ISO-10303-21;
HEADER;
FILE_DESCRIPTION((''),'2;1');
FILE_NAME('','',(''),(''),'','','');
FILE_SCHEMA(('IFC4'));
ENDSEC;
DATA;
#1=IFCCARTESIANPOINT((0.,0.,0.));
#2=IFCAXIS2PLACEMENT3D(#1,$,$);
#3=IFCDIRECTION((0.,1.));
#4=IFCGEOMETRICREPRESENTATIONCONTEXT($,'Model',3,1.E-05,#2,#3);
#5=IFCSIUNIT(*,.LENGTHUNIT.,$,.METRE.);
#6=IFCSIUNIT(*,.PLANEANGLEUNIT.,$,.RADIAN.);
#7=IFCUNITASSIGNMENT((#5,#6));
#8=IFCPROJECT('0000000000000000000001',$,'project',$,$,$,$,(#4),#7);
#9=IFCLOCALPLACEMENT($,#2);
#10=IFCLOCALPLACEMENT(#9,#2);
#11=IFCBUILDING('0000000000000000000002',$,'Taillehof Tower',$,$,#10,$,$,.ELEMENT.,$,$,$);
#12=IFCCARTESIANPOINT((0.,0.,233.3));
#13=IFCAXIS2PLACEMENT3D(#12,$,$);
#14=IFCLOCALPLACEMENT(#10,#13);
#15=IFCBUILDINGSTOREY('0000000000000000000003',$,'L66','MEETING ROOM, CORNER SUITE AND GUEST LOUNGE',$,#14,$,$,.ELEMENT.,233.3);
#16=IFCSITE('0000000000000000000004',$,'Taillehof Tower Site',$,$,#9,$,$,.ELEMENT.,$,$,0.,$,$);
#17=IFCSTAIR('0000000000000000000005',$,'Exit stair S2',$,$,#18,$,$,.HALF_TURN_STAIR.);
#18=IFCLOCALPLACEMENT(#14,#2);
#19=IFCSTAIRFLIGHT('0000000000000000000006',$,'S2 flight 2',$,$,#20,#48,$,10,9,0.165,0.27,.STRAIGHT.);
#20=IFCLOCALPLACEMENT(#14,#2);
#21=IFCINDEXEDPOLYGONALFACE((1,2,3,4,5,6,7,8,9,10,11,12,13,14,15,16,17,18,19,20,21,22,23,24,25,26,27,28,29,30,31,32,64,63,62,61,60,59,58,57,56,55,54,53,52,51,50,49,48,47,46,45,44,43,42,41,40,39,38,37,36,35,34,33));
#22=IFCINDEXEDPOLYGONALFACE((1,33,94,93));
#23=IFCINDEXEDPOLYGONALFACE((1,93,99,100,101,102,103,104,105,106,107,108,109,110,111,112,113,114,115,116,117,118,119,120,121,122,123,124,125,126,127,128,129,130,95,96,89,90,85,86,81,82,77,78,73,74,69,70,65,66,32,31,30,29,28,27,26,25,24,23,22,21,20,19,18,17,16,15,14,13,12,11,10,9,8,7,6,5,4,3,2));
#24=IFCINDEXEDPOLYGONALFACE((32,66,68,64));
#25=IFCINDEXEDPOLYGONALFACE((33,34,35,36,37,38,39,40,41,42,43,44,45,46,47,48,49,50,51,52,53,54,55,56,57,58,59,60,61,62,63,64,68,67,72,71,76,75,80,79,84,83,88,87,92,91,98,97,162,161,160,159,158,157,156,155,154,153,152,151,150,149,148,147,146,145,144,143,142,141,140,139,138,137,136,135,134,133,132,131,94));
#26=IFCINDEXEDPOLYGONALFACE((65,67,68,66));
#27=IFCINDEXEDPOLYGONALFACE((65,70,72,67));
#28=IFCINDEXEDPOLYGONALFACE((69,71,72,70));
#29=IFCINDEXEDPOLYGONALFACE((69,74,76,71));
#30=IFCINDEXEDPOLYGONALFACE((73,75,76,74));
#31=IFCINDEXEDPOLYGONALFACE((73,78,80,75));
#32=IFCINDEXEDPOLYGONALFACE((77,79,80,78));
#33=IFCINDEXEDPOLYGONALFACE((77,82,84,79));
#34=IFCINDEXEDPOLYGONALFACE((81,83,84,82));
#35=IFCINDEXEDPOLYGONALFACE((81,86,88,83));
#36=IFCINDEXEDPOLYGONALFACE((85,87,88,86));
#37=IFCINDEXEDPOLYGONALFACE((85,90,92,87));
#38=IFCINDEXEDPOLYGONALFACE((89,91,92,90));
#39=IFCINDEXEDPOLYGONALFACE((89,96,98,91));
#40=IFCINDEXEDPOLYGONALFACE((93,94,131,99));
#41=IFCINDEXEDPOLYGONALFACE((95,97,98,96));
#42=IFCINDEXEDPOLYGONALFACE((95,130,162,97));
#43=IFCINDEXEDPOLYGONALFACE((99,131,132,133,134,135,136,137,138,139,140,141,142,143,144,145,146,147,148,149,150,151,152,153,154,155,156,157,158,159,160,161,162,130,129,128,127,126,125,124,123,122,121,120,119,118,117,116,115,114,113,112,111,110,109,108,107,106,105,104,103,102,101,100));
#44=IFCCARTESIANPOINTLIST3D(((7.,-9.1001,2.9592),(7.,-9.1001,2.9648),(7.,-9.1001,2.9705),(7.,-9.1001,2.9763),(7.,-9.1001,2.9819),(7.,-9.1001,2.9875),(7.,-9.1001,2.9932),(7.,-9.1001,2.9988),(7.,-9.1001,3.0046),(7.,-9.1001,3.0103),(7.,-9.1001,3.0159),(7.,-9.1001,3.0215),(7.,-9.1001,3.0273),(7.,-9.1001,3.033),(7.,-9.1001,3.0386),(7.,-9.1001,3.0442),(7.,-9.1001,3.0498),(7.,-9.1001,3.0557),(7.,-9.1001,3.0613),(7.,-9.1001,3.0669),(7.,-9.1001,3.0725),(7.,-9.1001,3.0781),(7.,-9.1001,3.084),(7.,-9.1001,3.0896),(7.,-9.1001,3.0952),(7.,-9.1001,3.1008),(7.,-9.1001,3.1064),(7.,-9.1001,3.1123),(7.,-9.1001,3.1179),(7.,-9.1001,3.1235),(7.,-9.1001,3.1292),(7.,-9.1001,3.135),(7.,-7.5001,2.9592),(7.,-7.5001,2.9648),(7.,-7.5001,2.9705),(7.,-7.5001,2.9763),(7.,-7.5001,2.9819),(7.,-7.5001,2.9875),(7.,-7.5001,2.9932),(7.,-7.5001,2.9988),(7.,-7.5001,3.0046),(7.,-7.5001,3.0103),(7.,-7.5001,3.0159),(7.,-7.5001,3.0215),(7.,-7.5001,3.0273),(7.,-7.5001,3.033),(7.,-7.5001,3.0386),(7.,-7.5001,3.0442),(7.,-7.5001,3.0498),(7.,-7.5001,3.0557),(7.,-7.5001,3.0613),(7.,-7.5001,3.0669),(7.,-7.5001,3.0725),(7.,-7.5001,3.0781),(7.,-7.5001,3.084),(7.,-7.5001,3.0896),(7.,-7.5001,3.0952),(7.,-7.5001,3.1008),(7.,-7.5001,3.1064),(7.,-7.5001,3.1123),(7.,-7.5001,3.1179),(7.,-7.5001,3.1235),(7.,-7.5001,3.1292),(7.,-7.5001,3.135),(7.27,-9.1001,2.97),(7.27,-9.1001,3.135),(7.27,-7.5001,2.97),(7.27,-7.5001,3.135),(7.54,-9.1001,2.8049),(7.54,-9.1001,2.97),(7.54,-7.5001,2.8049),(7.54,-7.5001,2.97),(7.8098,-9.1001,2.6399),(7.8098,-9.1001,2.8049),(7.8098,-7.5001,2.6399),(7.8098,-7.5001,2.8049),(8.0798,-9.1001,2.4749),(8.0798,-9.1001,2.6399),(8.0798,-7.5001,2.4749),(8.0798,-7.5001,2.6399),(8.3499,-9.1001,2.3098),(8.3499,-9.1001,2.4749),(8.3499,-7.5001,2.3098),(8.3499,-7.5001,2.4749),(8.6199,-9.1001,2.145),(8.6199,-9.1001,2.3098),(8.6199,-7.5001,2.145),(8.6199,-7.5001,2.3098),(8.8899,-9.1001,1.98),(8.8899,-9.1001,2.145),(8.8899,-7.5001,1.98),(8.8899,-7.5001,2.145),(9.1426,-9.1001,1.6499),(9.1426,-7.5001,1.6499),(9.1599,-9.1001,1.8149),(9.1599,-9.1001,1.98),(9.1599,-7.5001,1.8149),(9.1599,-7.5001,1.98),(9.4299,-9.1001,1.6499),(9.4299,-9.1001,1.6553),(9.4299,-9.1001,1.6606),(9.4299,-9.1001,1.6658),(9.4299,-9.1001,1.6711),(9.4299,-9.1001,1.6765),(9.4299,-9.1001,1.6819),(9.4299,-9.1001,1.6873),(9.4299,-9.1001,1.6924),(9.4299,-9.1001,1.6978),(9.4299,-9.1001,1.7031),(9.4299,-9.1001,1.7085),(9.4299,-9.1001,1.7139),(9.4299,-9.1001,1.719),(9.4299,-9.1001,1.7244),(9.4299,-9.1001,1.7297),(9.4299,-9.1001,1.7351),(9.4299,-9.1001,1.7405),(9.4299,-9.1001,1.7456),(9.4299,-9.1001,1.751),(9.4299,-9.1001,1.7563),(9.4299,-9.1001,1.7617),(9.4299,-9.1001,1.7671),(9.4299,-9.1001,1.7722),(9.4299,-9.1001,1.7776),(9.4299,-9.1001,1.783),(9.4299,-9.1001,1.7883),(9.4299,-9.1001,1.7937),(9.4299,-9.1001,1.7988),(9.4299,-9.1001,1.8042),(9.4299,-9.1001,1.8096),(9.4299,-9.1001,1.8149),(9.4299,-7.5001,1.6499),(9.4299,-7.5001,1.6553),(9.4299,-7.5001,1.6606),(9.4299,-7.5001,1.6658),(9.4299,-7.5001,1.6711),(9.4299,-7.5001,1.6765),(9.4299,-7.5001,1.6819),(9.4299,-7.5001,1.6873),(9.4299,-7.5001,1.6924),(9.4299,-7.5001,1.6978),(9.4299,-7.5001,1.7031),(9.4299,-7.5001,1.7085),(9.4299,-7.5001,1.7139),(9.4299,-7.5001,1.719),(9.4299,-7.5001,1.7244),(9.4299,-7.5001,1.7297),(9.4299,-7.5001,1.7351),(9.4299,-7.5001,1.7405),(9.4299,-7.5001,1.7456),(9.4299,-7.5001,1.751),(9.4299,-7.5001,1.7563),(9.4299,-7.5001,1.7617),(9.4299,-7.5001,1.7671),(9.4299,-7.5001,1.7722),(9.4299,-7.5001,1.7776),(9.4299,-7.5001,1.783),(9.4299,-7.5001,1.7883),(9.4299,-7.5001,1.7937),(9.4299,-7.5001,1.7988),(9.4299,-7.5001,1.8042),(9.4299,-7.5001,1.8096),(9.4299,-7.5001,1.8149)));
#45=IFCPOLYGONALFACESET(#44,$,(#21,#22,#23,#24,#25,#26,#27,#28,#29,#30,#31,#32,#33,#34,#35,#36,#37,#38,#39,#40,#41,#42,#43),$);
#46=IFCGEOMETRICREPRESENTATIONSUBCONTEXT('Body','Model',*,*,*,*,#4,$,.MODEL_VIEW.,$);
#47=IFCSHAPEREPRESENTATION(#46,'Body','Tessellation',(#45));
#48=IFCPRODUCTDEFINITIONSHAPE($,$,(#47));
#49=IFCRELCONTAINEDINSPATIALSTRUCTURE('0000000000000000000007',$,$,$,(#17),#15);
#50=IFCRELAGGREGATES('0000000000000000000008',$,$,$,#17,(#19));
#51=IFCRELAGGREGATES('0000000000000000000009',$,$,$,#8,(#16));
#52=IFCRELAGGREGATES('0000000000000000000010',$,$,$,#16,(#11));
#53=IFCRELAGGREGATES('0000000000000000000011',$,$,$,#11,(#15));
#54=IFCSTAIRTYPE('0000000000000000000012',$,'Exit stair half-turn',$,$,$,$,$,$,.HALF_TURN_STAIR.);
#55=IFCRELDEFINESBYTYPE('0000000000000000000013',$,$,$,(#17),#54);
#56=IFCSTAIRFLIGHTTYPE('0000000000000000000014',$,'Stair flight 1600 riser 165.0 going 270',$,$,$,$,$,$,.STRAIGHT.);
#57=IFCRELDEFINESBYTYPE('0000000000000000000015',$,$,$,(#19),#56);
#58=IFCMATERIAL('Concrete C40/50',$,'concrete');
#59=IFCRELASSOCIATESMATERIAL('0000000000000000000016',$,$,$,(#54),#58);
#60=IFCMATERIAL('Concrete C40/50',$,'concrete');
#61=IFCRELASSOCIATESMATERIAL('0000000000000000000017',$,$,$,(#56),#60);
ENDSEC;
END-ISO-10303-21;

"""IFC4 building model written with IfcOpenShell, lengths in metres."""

from ifc_helpers import new_model, si_unit, direction, frame, origin, place, context, subcontext, project, spatial, polyline, outline, extrude, material, type_object, element, aggregate, save


model = new_model("IFC4")

# Units and contexts
model_context = context("Model", 3, precision=1e-05, world=origin(), true_north=direction((0.0, 1.0)))
body_context = subcontext(model_context, "Body", "Model", "MODEL_VIEW")
ifc_project = project(units=[si_unit("LENGTHUNIT", "METRE"), si_unit("PLANEANGLEUNIT", "RADIAN")], contexts=[model_context])

# Site, building, storey
site_placement = place(None, origin())
site = spatial("IfcSite", under=ifc_project, at=site_placement, Name="Taillehof Tower Site", CompositionType="ELEMENT", RefElevation=0.0)
building_placement = place(site_placement, origin())
building = spatial("IfcBuilding", under=site, at=building_placement, Name="Taillehof Tower", CompositionType="ELEMENT")
storey_placement = place(building_placement, frame((0.0, 0.0, 233.3)))
storey = spatial("IfcBuildingStorey", under=building, at=storey_placement, Name="L66", Description="MEETING ROOM, CORNER SUITE AND GUEST LOUNGE", CompositionType="ELEMENT", Elevation=233.3)

# Stair, stair flight
ifc_material_1 = material(Name="Concrete C40/50", Category="concrete")
stair_type = type_object("IfcStairType", Name="Exit stair half-turn", PredefinedType="HALF_TURN_STAIR", material=ifc_material_1)
stair_placement = place(storey_placement, origin())
stair = element("IfcStair", 1, at=stair_placement, inside=storey, type_object=stair_type, Name="Exit stair S2", PredefinedType="HALF_TURN_STAIR")
ifc_material_2 = material(Name="Concrete C40/50", Category="concrete")
stair_flight_type = type_object("IfcStairFlightType", Name="Stair flight 1600 riser 165.0 going 270", PredefinedType="STRAIGHT", material=ifc_material_2)
stair_flight_placement = place(storey_placement, frame((9.4299, -8.3, 1.6499), z_axis=(0.0, 0.0, 1.0), x_axis=(-1.0, 0.0, 0.0)))
stair_flight = element("IfcStairFlight", 2, at=stair_flight_placement, type_object=stair_flight_type, Name="S2 flight 2", NumberOfRisers=10, NumberOfTreads=9, PredefinedType="STRAIGHT", RiserHeight=0.165, TreadLength=0.27, context=body_context, shape_type="SweptSolid", body=[
    extrude(outline(polyline([(0.0, 0.0), (0.0, 0.0054), (0.0, 0.0107), (0.0, 0.0159), (0.0, 0.0212), (0.0, 0.0266), (0.0, 0.032), (0.0, 0.0374), (0.0, 0.0425), (0.0, 0.0479), (0.0, 0.0532), (0.0, 0.0586), (0.0, 0.064), (0.0, 0.0691), (0.0, 0.0745), (0.0, 0.0798), (0.0, 0.0852), (0.0, 0.0906), (0.0, 0.0957), (0.0, 0.1011), (0.0, 0.1064), (0.0, 0.1118), (0.0, 0.1172), (0.0, 0.1223), (0.0, 0.1277), (0.0, 0.1331), (0.0, 0.1384), (0.0, 0.1438), (0.0, 0.1489), (0.0, 0.1543), (0.0, 0.1597), (0.0, 0.165), (0.27, 0.165), (0.27, 0.3301), (0.54, 0.3301), (0.54, 0.4951), (0.8101, 0.4951), (0.8101, 0.6599), (1.0801, 0.6599), (1.0801, 0.825), (1.3501, 0.825), (1.3501, 0.99), (1.6201, 0.99), (1.6201, 1.155), (1.8899, 1.155), (1.8899, 1.3201), (2.1599, 1.3201), (2.1599, 1.4851), (2.4299, 1.4851), (2.4299, 1.4792), (2.4299, 1.4736), (2.4299, 1.468), (2.4299, 1.4624), (2.4299, 1.4565), (2.4299, 1.4509), (2.4299, 1.4453), (2.4299, 1.4397), (2.4299, 1.4341), (2.4299, 1.4282), (2.4299, 1.4226), (2.4299, 1.417), (2.4299, 1.4114), (2.4299, 1.4058), (2.4299, 1.3999), (2.4299, 1.3943), (2.4299, 1.3887), (2.4299, 1.3831), (2.4299, 1.3774), (2.4299, 1.3716), (2.4299, 1.366), (2.4299, 1.3604), (2.4299, 1.3547), (2.4299, 1.3489), (2.4299, 1.3433), (2.4299, 1.3376), (2.4299, 1.332), (2.4299, 1.3264), (2.4299, 1.3206), (2.4299, 1.3149), (2.4299, 1.3093), (0.2874, 0.0), (0.0, 0.0)])), frame((0.0, 0.8, 0.0), z_axis=(0.0, -1.0, 0.0), x_axis=(1.0, 0.0, 0.0)), (0.0, 0.0, 1.0), 1.6),
])
aggregate(stair, [stair_flight])

save(model, "model.ifc")
